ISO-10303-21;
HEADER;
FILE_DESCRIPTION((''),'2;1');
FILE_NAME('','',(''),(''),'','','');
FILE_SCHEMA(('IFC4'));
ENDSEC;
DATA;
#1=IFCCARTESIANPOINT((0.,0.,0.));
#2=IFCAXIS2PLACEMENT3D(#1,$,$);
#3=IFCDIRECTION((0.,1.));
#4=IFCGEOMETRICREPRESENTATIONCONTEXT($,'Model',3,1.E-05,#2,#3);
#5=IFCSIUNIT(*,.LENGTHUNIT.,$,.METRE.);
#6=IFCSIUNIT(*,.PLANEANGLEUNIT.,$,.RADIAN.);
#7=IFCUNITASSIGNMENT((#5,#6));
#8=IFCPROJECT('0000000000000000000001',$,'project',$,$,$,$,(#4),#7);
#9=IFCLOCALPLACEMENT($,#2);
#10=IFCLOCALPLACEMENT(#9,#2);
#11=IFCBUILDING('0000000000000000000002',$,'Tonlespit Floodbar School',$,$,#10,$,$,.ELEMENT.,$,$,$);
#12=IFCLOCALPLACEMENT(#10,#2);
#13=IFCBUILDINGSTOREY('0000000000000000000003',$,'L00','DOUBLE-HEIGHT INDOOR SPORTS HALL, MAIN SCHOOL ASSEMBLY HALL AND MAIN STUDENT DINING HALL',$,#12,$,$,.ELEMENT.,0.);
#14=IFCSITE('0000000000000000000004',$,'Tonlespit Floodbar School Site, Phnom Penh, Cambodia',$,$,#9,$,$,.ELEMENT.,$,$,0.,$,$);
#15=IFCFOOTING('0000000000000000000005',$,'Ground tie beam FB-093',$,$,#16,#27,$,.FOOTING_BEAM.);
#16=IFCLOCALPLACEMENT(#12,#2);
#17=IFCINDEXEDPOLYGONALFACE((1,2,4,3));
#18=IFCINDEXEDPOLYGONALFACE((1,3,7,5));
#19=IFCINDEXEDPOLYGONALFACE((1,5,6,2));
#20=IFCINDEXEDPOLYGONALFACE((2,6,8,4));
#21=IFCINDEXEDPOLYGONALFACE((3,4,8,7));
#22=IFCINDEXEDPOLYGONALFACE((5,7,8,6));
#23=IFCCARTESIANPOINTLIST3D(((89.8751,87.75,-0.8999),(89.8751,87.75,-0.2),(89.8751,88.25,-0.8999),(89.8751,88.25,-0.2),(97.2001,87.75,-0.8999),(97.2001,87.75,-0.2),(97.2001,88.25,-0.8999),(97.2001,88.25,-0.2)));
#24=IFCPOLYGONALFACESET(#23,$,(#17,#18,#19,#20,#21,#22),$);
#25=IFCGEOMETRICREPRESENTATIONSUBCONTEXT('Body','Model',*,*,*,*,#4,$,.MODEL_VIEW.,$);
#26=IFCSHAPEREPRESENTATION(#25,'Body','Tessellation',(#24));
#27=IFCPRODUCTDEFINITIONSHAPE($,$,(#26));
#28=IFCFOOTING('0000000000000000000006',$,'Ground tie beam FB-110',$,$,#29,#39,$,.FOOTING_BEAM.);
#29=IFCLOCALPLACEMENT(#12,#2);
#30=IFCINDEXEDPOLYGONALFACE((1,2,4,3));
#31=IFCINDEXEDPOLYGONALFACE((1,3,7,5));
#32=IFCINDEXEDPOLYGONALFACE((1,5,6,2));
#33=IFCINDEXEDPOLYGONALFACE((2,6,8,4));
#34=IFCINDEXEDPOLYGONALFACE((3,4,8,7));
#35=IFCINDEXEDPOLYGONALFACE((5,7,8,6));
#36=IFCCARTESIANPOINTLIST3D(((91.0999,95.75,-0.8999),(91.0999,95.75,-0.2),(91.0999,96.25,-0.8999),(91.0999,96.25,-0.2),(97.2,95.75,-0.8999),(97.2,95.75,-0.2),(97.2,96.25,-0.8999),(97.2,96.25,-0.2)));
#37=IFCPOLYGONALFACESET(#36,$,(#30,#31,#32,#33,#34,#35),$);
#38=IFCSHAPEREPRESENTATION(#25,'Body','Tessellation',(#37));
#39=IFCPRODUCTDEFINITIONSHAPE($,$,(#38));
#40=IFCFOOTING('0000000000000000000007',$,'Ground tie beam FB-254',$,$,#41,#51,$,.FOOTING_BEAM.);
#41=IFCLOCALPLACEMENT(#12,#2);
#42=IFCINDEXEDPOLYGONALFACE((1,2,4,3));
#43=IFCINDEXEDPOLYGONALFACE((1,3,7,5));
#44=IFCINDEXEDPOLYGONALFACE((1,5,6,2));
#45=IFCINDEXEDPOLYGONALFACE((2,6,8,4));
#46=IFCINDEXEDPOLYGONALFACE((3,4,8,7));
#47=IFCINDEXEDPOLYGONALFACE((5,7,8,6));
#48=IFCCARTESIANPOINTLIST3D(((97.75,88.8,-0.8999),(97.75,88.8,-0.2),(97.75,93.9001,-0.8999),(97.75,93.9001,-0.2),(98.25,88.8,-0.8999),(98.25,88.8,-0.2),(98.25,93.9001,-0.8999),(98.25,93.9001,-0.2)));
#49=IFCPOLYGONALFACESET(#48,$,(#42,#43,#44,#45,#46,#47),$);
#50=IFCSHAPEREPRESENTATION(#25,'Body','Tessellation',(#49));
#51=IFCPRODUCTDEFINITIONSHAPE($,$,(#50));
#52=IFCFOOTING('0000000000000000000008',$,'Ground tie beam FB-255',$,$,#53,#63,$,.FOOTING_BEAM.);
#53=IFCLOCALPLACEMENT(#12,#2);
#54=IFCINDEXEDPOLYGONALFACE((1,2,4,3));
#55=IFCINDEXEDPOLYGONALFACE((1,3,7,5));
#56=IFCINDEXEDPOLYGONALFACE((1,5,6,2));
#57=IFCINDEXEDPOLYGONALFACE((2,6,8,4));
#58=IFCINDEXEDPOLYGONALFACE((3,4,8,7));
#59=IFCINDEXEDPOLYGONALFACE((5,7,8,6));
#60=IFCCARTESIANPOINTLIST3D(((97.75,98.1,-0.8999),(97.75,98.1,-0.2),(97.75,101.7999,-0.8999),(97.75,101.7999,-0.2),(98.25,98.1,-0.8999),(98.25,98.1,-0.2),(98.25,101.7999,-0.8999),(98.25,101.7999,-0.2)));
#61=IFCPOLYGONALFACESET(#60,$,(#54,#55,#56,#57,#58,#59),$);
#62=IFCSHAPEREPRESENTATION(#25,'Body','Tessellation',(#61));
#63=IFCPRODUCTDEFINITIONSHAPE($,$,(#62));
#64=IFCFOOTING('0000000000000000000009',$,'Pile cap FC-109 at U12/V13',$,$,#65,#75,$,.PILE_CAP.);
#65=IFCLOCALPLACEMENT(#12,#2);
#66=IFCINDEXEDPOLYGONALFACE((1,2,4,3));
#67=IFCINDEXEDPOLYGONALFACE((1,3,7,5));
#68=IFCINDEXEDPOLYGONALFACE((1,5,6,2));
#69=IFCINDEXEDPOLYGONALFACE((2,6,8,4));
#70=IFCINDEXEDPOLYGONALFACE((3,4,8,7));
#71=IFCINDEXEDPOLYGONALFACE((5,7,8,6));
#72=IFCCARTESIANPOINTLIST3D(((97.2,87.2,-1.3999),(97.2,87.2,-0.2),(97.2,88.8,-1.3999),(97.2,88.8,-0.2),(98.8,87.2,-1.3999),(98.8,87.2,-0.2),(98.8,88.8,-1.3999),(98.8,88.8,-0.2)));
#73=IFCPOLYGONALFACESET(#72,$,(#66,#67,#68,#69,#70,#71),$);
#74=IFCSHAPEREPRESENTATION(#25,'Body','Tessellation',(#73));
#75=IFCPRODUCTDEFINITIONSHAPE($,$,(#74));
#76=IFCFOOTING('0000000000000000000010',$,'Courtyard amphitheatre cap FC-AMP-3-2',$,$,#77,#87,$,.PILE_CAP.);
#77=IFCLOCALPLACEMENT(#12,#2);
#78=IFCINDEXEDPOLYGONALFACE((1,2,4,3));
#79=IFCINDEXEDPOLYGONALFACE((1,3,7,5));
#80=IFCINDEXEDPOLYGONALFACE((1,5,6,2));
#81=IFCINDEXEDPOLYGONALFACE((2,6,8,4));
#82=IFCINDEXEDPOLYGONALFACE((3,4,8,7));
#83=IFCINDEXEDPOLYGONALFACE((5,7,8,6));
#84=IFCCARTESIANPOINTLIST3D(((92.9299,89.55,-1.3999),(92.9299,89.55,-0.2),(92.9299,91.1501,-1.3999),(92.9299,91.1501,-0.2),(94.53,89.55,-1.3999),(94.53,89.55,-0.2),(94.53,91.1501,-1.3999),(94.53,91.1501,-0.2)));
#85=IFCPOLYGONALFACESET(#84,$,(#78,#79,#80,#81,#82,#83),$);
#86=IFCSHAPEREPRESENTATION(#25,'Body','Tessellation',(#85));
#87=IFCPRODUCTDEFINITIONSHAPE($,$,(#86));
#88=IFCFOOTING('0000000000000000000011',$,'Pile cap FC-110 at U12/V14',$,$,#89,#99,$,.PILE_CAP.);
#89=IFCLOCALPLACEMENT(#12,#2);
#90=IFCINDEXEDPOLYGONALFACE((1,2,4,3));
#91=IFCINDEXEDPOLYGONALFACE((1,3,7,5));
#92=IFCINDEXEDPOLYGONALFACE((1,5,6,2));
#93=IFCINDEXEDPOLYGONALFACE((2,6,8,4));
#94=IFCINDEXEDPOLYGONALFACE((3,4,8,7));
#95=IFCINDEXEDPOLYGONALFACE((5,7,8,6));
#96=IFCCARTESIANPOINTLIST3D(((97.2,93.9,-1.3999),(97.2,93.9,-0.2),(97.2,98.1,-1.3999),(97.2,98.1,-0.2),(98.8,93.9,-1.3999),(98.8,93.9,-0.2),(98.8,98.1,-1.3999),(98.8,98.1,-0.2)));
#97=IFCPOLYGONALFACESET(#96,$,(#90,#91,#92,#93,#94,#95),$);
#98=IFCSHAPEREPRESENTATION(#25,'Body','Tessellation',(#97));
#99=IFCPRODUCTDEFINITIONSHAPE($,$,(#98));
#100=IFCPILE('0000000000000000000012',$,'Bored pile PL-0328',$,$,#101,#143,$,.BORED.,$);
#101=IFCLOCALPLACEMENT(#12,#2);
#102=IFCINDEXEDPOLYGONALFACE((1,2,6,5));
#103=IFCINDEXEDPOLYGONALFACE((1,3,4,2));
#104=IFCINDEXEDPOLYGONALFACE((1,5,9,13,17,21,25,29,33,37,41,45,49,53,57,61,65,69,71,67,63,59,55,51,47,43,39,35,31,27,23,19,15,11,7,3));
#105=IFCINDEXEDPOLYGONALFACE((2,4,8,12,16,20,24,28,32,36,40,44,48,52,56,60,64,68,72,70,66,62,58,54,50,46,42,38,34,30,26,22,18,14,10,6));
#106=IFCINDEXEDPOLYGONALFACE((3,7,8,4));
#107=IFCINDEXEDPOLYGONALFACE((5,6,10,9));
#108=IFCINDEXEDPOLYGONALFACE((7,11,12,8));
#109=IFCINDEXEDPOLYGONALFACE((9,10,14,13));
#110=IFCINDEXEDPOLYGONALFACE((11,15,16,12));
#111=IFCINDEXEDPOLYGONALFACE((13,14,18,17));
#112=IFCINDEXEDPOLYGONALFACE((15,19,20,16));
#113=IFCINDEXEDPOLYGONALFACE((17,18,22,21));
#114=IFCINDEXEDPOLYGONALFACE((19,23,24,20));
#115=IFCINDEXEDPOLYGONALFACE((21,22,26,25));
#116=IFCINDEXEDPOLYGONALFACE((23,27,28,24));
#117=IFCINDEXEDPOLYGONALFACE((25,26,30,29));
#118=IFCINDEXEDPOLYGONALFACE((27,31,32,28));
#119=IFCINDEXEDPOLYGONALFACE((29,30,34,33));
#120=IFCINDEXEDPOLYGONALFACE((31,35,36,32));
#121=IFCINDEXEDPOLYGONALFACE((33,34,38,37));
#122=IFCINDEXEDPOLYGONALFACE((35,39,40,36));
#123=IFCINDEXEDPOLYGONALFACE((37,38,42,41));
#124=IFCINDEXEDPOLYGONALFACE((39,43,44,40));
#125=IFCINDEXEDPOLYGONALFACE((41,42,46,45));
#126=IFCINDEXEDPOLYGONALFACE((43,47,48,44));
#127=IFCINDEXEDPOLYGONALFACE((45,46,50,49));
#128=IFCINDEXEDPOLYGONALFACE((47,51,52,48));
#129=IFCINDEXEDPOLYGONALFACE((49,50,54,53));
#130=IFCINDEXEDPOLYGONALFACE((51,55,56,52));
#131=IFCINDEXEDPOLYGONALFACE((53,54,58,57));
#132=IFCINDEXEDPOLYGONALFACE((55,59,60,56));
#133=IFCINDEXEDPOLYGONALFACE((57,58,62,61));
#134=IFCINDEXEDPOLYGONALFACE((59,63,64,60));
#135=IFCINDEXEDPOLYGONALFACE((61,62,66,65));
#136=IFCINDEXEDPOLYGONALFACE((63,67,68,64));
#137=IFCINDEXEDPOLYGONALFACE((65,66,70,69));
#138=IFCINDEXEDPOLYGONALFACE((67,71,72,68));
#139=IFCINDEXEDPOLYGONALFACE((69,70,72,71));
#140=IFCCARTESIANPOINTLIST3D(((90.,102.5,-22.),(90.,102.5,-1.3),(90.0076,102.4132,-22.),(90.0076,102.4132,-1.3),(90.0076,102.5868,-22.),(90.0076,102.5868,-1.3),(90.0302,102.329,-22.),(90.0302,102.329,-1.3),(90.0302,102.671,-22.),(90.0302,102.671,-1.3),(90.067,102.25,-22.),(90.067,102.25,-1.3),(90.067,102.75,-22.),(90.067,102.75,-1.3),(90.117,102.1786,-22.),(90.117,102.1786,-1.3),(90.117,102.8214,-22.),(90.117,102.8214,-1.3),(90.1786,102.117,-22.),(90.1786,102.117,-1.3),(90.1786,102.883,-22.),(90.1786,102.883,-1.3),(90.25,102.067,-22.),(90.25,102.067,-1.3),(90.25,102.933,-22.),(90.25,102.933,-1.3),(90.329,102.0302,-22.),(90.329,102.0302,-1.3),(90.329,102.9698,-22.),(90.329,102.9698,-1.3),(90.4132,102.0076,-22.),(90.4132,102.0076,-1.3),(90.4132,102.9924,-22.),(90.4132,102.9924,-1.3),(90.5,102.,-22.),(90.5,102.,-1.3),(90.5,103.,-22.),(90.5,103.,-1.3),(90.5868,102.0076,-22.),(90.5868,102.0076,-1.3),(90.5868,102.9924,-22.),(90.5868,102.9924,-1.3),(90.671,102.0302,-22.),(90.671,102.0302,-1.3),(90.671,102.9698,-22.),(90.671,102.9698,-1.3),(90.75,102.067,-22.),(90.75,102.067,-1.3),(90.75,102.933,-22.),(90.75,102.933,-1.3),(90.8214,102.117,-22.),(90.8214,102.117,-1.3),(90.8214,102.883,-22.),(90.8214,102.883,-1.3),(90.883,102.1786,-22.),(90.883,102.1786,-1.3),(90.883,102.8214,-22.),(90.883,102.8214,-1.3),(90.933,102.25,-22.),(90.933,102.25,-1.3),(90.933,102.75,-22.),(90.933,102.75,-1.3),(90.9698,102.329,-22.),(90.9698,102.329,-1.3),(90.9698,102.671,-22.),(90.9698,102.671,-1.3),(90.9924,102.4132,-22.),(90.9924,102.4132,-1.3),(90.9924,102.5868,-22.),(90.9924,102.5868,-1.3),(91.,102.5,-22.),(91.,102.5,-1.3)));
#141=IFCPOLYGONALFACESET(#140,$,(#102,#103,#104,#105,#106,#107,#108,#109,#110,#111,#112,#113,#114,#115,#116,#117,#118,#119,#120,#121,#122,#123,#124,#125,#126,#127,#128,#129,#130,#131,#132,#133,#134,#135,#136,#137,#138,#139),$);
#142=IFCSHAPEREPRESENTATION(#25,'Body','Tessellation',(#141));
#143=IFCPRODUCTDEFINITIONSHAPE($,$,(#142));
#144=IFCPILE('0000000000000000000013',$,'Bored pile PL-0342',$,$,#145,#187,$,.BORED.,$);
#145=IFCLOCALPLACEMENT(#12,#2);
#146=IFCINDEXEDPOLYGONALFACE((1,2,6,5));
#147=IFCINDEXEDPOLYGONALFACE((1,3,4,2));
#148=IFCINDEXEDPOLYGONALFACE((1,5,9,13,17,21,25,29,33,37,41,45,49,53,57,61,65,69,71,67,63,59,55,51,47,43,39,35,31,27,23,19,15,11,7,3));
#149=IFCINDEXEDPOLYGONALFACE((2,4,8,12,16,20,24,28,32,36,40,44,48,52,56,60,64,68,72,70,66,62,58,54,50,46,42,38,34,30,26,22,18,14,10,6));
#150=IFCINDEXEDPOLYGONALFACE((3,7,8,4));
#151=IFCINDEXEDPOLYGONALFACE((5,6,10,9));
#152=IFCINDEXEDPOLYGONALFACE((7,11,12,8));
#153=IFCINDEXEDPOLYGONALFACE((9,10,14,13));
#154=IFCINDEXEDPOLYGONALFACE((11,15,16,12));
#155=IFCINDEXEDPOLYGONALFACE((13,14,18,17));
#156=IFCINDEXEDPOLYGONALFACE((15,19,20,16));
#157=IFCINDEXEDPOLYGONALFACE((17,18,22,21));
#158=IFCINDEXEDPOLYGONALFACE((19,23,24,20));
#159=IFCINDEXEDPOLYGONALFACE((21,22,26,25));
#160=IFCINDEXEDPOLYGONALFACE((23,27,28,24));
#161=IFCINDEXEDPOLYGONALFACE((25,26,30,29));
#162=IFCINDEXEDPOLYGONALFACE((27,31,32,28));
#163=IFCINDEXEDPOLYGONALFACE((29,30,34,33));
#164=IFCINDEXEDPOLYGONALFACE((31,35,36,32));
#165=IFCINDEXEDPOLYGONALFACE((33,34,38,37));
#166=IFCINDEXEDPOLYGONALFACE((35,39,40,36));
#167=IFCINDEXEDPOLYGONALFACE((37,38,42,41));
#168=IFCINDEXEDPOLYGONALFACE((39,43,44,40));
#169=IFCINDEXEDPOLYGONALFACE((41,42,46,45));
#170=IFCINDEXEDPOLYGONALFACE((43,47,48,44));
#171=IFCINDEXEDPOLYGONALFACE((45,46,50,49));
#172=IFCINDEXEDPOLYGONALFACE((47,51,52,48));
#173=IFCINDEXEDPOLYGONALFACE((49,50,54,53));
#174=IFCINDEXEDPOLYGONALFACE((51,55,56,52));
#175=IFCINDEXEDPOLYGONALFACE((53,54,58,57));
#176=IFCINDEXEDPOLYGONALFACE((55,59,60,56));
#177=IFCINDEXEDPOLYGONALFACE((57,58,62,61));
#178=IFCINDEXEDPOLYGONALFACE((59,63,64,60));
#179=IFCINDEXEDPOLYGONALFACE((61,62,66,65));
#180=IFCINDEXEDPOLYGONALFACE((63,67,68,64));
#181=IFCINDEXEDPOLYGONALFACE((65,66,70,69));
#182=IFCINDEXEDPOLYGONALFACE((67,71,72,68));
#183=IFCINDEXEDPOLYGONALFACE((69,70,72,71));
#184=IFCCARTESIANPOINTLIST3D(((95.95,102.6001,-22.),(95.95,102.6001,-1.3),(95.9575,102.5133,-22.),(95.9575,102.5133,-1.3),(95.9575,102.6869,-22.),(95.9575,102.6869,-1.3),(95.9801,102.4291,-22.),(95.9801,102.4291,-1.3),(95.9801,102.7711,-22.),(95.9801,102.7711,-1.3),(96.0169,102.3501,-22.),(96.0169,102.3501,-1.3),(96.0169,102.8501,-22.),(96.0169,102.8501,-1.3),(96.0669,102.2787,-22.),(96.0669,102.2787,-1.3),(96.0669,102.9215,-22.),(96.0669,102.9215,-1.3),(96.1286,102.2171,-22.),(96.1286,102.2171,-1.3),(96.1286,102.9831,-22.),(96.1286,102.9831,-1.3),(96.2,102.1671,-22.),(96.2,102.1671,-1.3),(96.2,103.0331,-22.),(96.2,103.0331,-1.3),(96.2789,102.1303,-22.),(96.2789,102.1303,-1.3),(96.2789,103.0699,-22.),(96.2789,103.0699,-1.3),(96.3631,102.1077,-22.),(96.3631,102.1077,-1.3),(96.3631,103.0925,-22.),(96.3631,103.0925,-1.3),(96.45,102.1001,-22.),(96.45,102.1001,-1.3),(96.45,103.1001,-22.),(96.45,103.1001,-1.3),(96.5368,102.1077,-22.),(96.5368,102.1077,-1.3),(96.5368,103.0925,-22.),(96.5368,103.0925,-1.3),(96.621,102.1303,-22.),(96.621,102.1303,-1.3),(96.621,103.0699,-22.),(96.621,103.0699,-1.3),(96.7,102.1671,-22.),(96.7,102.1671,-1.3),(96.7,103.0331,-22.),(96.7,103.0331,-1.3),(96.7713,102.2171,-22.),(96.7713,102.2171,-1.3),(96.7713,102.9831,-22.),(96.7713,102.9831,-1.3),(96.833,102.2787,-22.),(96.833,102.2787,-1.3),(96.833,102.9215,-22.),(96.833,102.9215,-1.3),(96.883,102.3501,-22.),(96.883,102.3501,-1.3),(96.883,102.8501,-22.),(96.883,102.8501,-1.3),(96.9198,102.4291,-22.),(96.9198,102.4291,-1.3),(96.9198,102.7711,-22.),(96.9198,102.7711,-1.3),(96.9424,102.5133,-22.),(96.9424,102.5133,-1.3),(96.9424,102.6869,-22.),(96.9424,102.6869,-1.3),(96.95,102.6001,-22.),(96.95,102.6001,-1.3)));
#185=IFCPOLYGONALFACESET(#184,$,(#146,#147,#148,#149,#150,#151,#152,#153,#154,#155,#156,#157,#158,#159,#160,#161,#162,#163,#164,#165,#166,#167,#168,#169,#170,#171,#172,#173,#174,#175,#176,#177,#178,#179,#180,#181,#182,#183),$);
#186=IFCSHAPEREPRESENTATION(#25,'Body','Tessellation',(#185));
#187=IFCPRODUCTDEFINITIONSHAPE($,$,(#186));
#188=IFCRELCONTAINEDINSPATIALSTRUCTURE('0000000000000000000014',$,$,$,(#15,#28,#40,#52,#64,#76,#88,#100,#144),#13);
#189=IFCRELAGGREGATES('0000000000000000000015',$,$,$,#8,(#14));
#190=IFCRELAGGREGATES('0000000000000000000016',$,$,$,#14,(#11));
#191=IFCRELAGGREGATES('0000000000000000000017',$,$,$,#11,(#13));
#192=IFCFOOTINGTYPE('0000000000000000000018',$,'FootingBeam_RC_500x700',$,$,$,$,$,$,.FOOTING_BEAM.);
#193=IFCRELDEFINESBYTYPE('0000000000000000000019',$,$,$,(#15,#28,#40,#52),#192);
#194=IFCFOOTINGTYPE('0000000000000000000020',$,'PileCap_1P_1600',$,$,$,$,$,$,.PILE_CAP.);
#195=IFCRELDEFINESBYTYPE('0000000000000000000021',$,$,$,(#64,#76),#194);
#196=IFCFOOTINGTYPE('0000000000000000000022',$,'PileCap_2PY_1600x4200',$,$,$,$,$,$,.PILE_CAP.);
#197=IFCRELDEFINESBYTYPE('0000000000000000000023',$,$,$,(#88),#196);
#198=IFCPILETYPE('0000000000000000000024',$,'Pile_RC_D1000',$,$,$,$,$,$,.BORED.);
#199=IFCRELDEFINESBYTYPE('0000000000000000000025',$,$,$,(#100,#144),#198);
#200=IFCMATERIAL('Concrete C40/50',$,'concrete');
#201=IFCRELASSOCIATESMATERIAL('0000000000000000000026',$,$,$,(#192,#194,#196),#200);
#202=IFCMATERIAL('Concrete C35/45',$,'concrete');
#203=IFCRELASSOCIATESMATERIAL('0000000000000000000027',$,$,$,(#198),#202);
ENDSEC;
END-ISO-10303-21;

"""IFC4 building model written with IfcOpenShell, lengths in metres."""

from ifc_helpers import new_model, si_unit, direction, frame, origin, origin_2d, place, context, subcontext, project, spatial, rectangle, circle, extrude, material, material_profile, profile_set, type_object, element, save


model = new_model("IFC4")

# Units and contexts
model_context = context("Model", 3, precision=1e-05, world=origin(), true_north=direction((0.0, 1.0)))
body_context = subcontext(model_context, "Body", "Model", "MODEL_VIEW")
ifc_project = project(units=[si_unit("LENGTHUNIT", "METRE"), si_unit("PLANEANGLEUNIT", "RADIAN")], contexts=[model_context])

# Site, building, storey
site_placement = place(None, origin())
site = spatial("IfcSite", under=ifc_project, at=site_placement, Name="Tonlespit Floodbar School Site, Phnom Penh, Cambodia", CompositionType="ELEMENT", RefElevation=0.0)
building_placement = place(site_placement, origin())
building = spatial("IfcBuilding", under=site, at=building_placement, Name="Tonlespit Floodbar School", CompositionType="ELEMENT")
storey_placement = place(building_placement, origin())
storey = spatial("IfcBuildingStorey", under=building, at=storey_placement, Name="L00", Description="DOUBLE-HEIGHT INDOOR SPORTS HALL, MAIN SCHOOL ASSEMBLY HALL AND MAIN STUDENT DINING HALL", CompositionType="ELEMENT", Elevation=0.0)

# Footings
ifc_material_1 = material(Name="Concrete C40/50", Category="concrete")
footing_type_1 = type_object("IfcFootingType", Name="FootingBeam_RC_500x700", PredefinedType="FOOTING_BEAM", material=ifc_material_1)
footing_1_placement = place(storey_placement, frame((93.5376, 88.0, -0.8999), z_axis=(0.0, 0.0, 1.0), x_axis=(1.0, 0.0, 0.0)))
element("IfcFooting", 1, at=footing_1_placement, inside=storey, type_object=footing_type_1, Name="Ground tie beam FB-093", PredefinedType="FOOTING_BEAM", context=body_context, shape_type="SweptSolid", body=[
    extrude(rectangle(XDim=7.325, YDim=0.5, at=origin_2d()), origin(), (0.0, 0.0, 1.0), 0.7),
])
footing_2_placement = place(storey_placement, frame((94.1499, 96.0, -0.8999), z_axis=(0.0, 0.0, 1.0), x_axis=(1.0, 0.0, 0.0)))
element("IfcFooting", 2, at=footing_2_placement, inside=storey, type_object=footing_type_1, Name="Ground tie beam FB-110", PredefinedType="FOOTING_BEAM", context=body_context, shape_type="SweptSolid", body=[
    extrude(rectangle(XDim=6.1001, YDim=0.5, at=origin_2d()), origin(), (0.0, 0.0, 1.0), 0.7),
])
footing_3_placement = place(storey_placement, frame((98.0, 91.3501, -0.8999), z_axis=(0.0, 0.0, 1.0), x_axis=(0.0, 1.0, 0.0)))
element("IfcFooting", 3, at=footing_3_placement, inside=storey, type_object=footing_type_1, Name="Ground tie beam FB-254", PredefinedType="FOOTING_BEAM", context=body_context, shape_type="SweptSolid", body=[
    extrude(rectangle(XDim=5.1001, YDim=0.5, at=origin_2d()), origin(), (0.0, 0.0, 1.0), 0.7),
])
footing_4_placement = place(storey_placement, frame((98.0, 99.95, -0.8999), z_axis=(0.0, 0.0, 1.0), x_axis=(0.0, 1.0, 0.0)))
element("IfcFooting", 4, at=footing_4_placement, inside=storey, type_object=footing_type_1, Name="Ground tie beam FB-255", PredefinedType="FOOTING_BEAM", context=body_context, shape_type="SweptSolid", body=[
    extrude(rectangle(XDim=3.7, YDim=0.5, at=origin_2d()), origin(), (0.0, 0.0, 1.0), 0.7),
])
footing_type_2 = type_object("IfcFootingType", Name="PileCap_1P_1600", PredefinedType="PILE_CAP", material=ifc_material_1)
for number, where, z_axis, x_axis, name in (
    (5, (98.0, 88.0, -1.3999), (0.0, 0.0, 1.0), (1.0, 0.0, 0.0), "Pile cap FC-109 at U12/V13"),
    (6, (93.73, 90.3501, -1.3999), (0.0, 0.0, 1.0), (1.0, 0.0, 0.0), "Courtyard amphitheatre cap FC-AMP-3-2"),
):
    element("IfcFooting", number, at=place(storey_placement, frame(where, z_axis=z_axis, x_axis=x_axis)), inside=storey, type_object=footing_type_2, Name=name, PredefinedType="PILE_CAP", context=body_context, shape_type="SweptSolid", body=[
        extrude(rectangle(XDim=1.6001, YDim=1.6001, at=origin_2d()), origin(), (0.0, 0.0, 1.0), 1.2),
    ])
footing_type_3 = type_object("IfcFootingType", Name="PileCap_2PY_1600x4200", PredefinedType="PILE_CAP", material=ifc_material_1)
footing_5_placement = place(storey_placement, frame((98.0, 96.0, -1.3999), z_axis=(0.0, 0.0, 1.0), x_axis=(1.0, 0.0, 0.0)))
element("IfcFooting", 7, at=footing_5_placement, inside=storey, type_object=footing_type_3, Name="Pile cap FC-110 at U12/V14", PredefinedType="PILE_CAP", context=body_context, shape_type="SweptSolid", body=[
    extrude(rectangle(XDim=1.6001, YDim=4.2, at=origin_2d()), origin(), (0.0, 0.0, 1.0), 1.2),
])

# Piles
ifc_material_2 = material(Name="Concrete C35/45", Category="concrete")
ifc_material_profile_1 = material_profile(ifc_material_2, circle(Radius=0.5, at=origin_2d()), Name="BP D1000")
ifc_profile_set_1 = profile_set([ifc_material_profile_1], Name="Concrete C35/45")
pile_type_1 = type_object("IfcPileType", Name="Pile_RC_D1000", PredefinedType="BORED", material=ifc_profile_set_1)
for number, where, z_axis, x_axis, name in (
    (8, (90.5, 102.5, -1.3), (0.0, 0.0, -1.0), (1.0, 0.0, 0.0), "Bored pile PL-0328"),
    (9, (96.45, 102.6001, -1.3), (0.0, 0.0, -1.0), (1.0, 0.0, 0.0), "Bored pile PL-0342"),
):
    element("IfcPile", number, at=place(storey_placement, frame(where, z_axis=z_axis, x_axis=x_axis)), inside=storey, type_object=pile_type_1, Name=name, PredefinedType="BORED", context=body_context, shape_type="SweptSolid", body=[
        extrude(circle(Radius=0.5, at=origin_2d()), origin(), (0.0, 0.0, 1.0), 20.7),
    ])

save(model, "model.ifc")
